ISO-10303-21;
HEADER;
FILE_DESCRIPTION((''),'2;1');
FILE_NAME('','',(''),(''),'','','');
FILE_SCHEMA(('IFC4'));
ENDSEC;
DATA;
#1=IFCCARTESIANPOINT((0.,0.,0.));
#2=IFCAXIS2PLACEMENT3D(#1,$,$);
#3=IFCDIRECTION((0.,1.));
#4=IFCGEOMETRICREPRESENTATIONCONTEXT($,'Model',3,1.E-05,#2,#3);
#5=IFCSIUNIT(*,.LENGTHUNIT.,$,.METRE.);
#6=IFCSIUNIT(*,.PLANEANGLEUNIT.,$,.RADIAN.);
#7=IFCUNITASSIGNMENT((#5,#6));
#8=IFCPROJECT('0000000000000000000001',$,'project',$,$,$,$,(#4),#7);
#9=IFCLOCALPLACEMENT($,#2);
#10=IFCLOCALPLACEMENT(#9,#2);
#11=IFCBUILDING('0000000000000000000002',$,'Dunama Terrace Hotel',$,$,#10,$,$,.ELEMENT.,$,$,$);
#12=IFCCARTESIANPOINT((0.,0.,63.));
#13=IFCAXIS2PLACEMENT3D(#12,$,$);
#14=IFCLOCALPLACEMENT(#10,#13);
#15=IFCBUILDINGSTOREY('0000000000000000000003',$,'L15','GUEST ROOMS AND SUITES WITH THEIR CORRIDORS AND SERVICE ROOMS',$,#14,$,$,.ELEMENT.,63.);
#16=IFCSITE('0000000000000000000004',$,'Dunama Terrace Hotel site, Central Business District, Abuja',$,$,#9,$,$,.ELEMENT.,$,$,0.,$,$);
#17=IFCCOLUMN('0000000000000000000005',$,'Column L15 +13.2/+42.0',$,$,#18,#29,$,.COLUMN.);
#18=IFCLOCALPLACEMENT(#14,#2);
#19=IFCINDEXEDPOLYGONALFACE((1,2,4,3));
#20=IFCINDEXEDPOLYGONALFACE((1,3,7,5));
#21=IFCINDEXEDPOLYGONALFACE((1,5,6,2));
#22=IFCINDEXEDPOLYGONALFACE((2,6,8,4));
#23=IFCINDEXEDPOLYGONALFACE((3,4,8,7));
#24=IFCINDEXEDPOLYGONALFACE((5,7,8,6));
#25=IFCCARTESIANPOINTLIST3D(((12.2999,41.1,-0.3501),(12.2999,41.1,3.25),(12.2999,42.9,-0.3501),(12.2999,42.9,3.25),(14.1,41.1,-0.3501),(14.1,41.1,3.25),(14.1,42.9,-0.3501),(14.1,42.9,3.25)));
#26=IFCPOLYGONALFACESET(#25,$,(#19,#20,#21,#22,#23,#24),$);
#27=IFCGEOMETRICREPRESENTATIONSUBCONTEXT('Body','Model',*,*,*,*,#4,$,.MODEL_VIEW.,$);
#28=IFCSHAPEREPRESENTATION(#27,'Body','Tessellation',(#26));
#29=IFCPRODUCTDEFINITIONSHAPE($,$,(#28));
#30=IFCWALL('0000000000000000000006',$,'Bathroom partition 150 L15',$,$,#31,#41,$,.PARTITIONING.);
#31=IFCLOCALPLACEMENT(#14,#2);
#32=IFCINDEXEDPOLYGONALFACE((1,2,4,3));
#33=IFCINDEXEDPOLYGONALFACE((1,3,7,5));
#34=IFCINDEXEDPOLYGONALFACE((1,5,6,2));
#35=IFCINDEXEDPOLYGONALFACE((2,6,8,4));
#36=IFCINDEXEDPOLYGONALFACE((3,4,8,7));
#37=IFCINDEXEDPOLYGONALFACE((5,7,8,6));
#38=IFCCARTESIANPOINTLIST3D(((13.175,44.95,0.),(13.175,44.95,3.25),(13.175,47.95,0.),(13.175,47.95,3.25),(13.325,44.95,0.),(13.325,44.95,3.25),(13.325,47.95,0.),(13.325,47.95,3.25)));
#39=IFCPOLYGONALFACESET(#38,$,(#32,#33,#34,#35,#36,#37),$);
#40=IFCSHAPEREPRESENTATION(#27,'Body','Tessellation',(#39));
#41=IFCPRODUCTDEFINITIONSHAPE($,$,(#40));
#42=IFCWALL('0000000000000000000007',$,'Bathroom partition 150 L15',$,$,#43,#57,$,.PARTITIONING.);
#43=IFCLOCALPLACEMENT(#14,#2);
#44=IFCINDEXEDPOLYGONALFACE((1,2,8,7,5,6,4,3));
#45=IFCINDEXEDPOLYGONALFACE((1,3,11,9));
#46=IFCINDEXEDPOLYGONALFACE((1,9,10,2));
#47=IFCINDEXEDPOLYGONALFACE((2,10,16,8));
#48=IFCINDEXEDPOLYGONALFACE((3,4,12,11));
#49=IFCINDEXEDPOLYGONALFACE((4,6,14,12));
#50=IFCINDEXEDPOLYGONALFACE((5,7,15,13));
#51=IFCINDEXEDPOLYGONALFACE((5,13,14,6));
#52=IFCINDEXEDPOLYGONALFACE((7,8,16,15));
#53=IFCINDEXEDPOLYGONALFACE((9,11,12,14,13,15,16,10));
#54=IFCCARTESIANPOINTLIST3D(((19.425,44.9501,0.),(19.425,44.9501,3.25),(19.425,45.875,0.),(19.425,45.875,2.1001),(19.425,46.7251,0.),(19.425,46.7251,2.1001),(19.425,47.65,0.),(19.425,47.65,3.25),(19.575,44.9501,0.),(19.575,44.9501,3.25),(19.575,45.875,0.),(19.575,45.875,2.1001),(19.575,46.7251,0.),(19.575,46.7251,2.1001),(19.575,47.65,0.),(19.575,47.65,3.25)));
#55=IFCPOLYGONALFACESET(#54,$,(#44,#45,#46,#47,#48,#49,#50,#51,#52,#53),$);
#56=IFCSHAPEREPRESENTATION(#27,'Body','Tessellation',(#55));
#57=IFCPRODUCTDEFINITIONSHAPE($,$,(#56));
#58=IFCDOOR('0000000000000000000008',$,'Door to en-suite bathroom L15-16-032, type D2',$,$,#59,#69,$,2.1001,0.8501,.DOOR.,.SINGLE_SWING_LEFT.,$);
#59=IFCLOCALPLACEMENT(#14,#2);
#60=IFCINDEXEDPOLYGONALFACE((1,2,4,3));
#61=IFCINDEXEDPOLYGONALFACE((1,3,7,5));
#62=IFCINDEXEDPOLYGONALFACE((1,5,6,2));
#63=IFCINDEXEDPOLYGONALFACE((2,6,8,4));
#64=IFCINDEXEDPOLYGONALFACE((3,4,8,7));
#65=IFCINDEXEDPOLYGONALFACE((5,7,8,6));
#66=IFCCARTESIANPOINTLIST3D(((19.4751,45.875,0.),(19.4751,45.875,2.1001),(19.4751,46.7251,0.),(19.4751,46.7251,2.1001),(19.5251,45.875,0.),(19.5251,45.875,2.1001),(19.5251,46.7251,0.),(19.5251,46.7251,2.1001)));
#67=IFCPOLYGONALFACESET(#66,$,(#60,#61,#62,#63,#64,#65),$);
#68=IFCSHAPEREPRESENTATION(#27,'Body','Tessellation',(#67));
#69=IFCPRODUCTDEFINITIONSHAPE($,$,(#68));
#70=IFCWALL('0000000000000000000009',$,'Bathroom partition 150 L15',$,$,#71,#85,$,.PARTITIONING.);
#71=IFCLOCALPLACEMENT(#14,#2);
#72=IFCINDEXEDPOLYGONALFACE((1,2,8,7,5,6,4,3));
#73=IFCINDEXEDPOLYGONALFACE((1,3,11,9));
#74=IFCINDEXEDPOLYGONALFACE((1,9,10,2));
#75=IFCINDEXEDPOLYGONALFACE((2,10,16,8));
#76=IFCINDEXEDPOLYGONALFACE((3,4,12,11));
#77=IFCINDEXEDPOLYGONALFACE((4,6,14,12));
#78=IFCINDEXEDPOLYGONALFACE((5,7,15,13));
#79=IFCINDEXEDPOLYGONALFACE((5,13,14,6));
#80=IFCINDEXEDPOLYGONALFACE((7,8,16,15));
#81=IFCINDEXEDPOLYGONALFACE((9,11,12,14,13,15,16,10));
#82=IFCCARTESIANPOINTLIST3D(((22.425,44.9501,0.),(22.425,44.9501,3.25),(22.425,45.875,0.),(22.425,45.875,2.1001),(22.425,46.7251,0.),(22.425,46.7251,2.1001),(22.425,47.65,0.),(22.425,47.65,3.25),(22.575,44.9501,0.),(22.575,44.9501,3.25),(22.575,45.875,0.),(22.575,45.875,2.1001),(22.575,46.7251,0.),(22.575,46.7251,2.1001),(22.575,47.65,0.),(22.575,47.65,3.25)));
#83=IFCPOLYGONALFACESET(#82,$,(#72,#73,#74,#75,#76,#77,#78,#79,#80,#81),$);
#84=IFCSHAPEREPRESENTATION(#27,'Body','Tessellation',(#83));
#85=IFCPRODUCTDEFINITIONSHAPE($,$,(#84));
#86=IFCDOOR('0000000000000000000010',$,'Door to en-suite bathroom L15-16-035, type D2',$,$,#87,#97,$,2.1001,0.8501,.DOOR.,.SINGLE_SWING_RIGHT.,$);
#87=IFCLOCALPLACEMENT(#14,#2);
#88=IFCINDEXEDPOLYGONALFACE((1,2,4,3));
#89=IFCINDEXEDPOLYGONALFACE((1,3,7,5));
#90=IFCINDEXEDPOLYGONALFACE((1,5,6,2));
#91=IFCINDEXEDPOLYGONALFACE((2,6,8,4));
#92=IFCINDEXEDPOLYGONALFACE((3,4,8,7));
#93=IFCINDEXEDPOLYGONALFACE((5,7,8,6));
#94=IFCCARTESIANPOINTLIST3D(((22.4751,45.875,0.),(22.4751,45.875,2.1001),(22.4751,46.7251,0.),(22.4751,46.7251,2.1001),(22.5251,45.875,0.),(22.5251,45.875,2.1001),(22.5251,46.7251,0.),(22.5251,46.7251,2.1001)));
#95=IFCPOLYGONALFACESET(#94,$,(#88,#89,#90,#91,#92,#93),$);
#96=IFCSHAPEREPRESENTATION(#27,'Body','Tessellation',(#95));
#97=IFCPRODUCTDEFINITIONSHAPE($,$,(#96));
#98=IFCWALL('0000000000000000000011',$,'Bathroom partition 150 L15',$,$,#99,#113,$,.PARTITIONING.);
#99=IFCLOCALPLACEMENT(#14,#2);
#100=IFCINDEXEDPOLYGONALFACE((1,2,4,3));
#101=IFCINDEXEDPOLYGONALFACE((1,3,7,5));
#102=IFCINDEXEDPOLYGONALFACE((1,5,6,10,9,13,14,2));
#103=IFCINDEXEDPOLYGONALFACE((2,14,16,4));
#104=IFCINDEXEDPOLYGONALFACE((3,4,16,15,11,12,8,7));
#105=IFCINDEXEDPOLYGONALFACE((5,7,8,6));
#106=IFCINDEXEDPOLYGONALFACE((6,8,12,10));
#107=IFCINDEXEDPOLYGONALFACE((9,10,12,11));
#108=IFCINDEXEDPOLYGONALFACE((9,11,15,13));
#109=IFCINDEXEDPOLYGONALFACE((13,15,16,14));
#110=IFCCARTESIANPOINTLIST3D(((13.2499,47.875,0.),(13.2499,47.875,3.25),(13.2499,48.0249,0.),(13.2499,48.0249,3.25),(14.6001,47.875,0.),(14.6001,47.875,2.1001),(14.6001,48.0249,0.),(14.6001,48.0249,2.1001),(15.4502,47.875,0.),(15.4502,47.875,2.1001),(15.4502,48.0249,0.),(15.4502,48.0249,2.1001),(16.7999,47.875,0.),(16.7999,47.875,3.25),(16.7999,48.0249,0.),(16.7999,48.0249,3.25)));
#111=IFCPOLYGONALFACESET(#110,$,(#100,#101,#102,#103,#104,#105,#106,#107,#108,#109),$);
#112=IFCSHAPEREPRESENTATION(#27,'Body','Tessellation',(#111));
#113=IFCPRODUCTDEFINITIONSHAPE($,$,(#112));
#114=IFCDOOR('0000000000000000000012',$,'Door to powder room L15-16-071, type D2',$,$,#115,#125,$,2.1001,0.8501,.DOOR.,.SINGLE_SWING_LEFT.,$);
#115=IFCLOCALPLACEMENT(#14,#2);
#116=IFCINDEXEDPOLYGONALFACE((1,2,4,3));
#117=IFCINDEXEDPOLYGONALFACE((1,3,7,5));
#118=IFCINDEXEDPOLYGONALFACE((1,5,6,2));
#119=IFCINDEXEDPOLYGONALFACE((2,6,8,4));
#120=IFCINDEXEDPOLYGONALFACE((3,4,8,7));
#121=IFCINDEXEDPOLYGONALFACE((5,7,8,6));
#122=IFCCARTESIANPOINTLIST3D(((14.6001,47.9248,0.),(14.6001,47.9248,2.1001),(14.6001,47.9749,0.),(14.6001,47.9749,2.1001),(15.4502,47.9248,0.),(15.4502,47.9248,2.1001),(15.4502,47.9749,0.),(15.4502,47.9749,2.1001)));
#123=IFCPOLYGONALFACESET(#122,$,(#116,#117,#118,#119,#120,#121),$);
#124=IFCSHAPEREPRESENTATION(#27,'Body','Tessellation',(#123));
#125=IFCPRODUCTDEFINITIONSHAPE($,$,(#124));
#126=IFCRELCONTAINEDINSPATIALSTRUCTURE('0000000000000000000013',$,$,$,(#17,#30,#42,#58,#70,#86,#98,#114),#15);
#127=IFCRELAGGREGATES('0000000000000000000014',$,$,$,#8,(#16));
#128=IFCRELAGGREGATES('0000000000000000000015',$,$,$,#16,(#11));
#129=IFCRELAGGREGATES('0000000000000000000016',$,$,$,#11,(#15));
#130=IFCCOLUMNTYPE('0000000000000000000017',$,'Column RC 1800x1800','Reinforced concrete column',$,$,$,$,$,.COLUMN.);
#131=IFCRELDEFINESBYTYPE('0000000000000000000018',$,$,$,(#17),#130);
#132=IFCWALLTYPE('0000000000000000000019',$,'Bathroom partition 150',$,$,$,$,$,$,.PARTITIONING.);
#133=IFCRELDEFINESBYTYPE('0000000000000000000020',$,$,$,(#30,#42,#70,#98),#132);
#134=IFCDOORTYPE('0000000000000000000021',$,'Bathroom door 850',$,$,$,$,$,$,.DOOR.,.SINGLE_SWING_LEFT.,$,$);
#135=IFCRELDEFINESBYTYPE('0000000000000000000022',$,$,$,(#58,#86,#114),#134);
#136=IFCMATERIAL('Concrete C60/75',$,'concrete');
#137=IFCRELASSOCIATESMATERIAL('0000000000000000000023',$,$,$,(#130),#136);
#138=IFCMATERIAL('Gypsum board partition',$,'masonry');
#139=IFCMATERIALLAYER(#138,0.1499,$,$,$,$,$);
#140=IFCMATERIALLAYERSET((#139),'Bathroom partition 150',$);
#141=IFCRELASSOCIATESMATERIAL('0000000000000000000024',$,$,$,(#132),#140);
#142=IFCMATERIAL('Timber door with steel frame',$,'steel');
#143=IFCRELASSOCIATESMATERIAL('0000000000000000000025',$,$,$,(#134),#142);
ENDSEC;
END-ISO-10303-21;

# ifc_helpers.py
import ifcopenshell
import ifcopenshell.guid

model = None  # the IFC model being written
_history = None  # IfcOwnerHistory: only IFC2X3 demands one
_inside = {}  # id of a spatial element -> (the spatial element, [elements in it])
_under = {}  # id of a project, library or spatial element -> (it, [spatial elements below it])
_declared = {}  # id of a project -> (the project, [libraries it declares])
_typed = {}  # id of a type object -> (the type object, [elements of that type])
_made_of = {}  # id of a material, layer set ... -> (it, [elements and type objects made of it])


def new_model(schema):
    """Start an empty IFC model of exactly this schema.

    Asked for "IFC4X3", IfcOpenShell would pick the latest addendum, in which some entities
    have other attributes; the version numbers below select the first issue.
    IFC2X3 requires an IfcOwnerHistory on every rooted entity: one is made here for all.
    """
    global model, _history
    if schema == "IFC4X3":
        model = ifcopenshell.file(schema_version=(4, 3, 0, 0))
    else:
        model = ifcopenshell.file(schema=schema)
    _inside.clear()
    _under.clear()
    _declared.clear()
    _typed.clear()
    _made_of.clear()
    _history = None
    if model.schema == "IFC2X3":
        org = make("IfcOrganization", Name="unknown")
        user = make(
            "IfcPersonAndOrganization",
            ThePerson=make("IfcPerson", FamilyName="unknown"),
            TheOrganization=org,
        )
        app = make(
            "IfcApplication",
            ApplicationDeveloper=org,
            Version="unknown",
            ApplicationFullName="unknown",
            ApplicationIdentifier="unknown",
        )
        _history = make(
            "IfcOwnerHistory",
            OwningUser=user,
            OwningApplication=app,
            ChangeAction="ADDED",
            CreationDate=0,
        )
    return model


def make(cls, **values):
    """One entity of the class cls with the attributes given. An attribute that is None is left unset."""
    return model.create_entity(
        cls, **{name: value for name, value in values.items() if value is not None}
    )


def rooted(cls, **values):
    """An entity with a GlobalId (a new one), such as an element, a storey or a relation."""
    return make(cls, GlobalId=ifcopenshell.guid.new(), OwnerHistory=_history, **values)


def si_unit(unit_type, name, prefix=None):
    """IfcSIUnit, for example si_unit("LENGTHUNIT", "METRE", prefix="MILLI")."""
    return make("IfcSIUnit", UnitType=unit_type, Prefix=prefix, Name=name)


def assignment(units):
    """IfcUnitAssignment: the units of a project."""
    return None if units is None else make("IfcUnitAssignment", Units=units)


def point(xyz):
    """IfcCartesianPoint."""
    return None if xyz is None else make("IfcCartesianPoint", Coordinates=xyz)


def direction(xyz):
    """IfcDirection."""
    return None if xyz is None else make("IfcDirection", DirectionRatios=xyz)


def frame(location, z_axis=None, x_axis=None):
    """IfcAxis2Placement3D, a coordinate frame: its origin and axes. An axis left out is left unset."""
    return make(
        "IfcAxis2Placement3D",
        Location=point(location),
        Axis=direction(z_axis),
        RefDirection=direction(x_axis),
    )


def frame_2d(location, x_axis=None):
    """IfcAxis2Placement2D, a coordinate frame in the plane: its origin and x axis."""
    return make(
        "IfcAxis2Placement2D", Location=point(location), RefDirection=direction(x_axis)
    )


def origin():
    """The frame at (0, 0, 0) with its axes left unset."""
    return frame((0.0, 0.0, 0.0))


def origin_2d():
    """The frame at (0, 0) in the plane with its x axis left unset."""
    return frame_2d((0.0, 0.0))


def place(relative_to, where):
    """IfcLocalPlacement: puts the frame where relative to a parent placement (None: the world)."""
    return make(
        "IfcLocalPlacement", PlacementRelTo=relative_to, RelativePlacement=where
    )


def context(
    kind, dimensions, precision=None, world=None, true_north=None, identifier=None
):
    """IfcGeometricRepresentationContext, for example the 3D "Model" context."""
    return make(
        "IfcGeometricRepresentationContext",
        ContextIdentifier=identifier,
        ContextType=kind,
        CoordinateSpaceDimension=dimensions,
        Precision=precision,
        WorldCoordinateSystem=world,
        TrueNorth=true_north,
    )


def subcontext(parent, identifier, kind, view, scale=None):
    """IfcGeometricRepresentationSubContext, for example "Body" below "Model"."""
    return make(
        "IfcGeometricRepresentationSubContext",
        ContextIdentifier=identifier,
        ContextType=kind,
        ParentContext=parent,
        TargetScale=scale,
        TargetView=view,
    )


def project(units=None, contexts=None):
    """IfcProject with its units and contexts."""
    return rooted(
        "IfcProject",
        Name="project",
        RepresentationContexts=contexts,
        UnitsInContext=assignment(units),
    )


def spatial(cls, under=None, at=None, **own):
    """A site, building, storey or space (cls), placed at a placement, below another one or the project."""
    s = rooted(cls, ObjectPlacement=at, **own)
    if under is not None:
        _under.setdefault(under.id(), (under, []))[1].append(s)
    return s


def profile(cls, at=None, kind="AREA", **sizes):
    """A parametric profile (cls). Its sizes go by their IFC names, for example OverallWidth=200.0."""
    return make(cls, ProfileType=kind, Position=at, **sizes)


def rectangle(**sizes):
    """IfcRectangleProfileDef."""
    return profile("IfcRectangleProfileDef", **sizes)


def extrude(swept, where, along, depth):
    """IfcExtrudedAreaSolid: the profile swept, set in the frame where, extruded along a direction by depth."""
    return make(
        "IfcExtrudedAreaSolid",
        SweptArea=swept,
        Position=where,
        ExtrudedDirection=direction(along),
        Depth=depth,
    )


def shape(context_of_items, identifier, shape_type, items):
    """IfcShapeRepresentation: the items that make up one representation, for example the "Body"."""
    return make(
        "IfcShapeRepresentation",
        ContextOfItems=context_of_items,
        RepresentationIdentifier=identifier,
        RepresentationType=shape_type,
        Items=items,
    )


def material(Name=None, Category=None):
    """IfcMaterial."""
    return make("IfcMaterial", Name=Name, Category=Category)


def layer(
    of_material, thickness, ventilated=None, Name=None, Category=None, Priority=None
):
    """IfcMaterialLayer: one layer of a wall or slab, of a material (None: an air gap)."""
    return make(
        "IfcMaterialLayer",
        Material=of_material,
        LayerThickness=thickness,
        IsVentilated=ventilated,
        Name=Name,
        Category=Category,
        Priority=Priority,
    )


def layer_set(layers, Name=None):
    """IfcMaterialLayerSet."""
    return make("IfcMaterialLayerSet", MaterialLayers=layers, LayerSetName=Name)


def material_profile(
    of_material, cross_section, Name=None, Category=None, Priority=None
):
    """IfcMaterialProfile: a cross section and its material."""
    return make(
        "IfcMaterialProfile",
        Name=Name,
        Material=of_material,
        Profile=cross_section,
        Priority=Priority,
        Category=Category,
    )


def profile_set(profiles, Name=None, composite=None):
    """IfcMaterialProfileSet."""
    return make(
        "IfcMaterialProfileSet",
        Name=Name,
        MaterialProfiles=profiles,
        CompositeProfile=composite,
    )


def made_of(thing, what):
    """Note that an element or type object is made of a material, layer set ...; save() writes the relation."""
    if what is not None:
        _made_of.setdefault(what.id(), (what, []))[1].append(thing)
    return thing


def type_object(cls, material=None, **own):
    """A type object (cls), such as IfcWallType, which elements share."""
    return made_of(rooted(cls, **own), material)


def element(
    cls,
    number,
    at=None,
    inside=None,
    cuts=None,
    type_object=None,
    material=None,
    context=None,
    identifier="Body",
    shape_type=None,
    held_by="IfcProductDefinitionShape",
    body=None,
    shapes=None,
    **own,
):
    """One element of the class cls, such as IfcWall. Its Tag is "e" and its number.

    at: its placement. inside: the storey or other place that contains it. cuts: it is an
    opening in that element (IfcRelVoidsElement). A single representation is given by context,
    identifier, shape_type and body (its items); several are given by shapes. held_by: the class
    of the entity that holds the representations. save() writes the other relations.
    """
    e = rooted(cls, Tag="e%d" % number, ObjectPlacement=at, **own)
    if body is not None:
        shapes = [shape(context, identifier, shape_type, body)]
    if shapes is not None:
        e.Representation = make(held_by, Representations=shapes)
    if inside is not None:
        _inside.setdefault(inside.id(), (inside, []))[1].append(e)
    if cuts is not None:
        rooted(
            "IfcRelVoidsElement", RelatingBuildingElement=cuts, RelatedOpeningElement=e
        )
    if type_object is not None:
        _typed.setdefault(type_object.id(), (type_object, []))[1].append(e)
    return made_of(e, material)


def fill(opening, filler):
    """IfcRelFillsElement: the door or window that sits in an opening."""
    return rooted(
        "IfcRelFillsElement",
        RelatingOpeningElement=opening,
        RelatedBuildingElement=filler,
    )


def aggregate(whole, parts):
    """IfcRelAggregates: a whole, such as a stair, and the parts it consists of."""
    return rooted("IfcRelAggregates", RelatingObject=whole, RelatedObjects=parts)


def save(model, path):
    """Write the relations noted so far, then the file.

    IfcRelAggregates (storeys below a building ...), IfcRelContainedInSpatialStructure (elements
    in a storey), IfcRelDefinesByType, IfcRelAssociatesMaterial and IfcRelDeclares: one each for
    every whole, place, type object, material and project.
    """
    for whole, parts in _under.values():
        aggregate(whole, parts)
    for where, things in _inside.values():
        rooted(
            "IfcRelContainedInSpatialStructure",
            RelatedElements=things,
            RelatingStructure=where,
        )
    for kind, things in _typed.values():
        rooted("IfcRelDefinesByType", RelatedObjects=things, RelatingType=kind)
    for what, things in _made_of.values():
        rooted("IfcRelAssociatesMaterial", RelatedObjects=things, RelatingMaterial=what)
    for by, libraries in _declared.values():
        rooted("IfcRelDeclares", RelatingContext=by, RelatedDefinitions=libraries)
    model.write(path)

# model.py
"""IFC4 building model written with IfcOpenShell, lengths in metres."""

from ifc_helpers import new_model, si_unit, direction, frame, frame_2d, origin, origin_2d, place, context, subcontext, project, spatial, rectangle, extrude, material, layer, layer_set, material_profile, profile_set, type_object, element, fill, save


model = new_model("IFC4")

# Units and contexts
model_context = context("Model", 3, precision=1e-05, world=origin(), true_north=direction((0.0, 1.0)))
body_context = subcontext(model_context, "Body", "Model", "MODEL_VIEW")
ifc_project = project(units=[si_unit("LENGTHUNIT", "METRE"), si_unit("PLANEANGLEUNIT", "RADIAN")], contexts=[model_context])

# Site, building, storey
site_placement = place(None, origin())
site = spatial("IfcSite", under=ifc_project, at=site_placement, Name="Dunama Terrace Hotel site, Central Business District, Abuja", CompositionType="ELEMENT", RefElevation=0.0)
building_placement = place(site_placement, origin())
building = spatial("IfcBuilding", under=site, at=building_placement, Name="Dunama Terrace Hotel", CompositionType="ELEMENT")
storey_placement = place(building_placement, frame((0.0, 0.0, 63.0)))
storey = spatial("IfcBuildingStorey", under=building, at=storey_placement, Name="L15", Description="GUEST ROOMS AND SUITES WITH THEIR CORRIDORS AND SERVICE ROOMS", CompositionType="ELEMENT", Elevation=63.0)

# Column
ifc_material_1 = material(Name="Concrete C60/75", Category="concrete")
ifc_material_profile = material_profile(ifc_material_1, rectangle(XDim=1.8, YDim=1.8, at=origin_2d()), Name="RC 1800x1800")
ifc_profile_set = profile_set([ifc_material_profile], Name="Concrete C60/75")
column_type = type_object("IfcColumnType", Name="Column RC 1800x1800", Description="Reinforced concrete column", PredefinedType="COLUMN", material=ifc_profile_set)
column_placement = place(storey_placement, frame((13.2, 42.0, -0.3501), z_axis=(0.0, 0.0, 1.0), x_axis=(1.0, 0.0, 0.0)))
element("IfcColumn", 1, at=column_placement, inside=storey, type_object=column_type, Name="Column L15 +13.2/+42.0", PredefinedType="COLUMN", context=body_context, shape_type="SweptSolid", body=[
    extrude(rectangle(XDim=1.8, YDim=1.8, at=origin_2d()), origin(), (0.0, 0.0, 1.0), 3.6001),
])

# Wall
ifc_material_2 = material(Name="Gypsum board partition", Category="masonry")
ifc_layer_1 = layer(ifc_material_2, 0.1499)
ifc_layer_set_1 = layer_set([ifc_layer_1], Name="Bathroom partition 150")
wall_type_1 = type_object("IfcWallType", Name="Bathroom partition 150", PredefinedType="PARTITIONING", material=ifc_layer_set_1)
wall_1_placement = place(storey_placement, frame((13.25, 44.95, 0.0), z_axis=(0.0, 0.0, 1.0), x_axis=(0.0, 1.0, 0.0)))
element("IfcWall", 2, at=wall_1_placement, inside=storey, type_object=wall_type_1, Name="Bathroom partition 150 L15", PredefinedType="PARTITIONING", context=body_context, shape_type="SweptSolid", body=[
    extrude(rectangle(XDim=3.0, YDim=0.1499, at=frame_2d((1.5, 0.0))), origin(), (0.0, 0.0, 1.0), 3.25),
])

# Walls, openings, doors
wall_2_placement = place(storey_placement, frame((19.5, 44.95, 0.0), z_axis=(0.0, 0.0, 1.0), x_axis=(0.0, 1.0, 0.0)))
wall_2 = element("IfcWall", 3, at=wall_2_placement, inside=storey, type_object=wall_type_1, Name="Bathroom partition 150 L15", PredefinedType="PARTITIONING", context=body_context, shape_type="SweptSolid", body=[
    extrude(rectangle(XDim=2.7, YDim=0.1499, at=frame_2d((1.3501, 0.0))), origin(), (0.0, 0.0, 1.0), 3.25),
])
opening_1_placement = place(wall_2_placement, frame((0.925, 0.0, 0.0)))
opening_1 = element("IfcOpeningElement", 4, at=opening_1_placement, cuts=wall_2, PredefinedType="OPENING", context=body_context, shape_type="SweptSolid", body=[
    extrude(rectangle(XDim=0.8501, YDim=2.1001, at=frame_2d((0.425, 1.05))), frame((0.0, 0.085, 0.0), z_axis=(0.0, -1.0, 0.0), x_axis=(1.0, 0.0, 0.0)), (0.0, 0.0, 1.0), 0.1699),
])
ifc_material_3 = material(Name="Timber door with steel frame", Category="steel")
door_type_1 = type_object("IfcDoorType", Name="Bathroom door 850", OperationType="SINGLE_SWING_LEFT", PredefinedType="DOOR", material=ifc_material_3)
door_1_placement = place(opening_1_placement, origin())
door_1 = element("IfcDoor", 5, at=door_1_placement, inside=storey, type_object=door_type_1, Name="Door to en-suite bathroom L15-16-032, type D2", OperationType="SINGLE_SWING_LEFT", OverallHeight=2.1001, OverallWidth=0.8501, PredefinedType="DOOR", context=body_context, shape_type="SweptSolid", body=[
    extrude(rectangle(XDim=0.8501, YDim=2.1001, at=frame_2d((0.425, 1.05))), frame((0.0, 0.0249, 0.0), z_axis=(0.0, -1.0, 0.0), x_axis=(1.0, 0.0, 0.0)), (0.0, 0.0, 1.0), 0.05),
])
fill(opening_1, door_1)
wall_3_placement = place(storey_placement, frame((22.5, 44.95, 0.0), z_axis=(0.0, 0.0, 1.0), x_axis=(0.0, 1.0, 0.0)))
wall_3 = element("IfcWall", 6, at=wall_3_placement, inside=storey, type_object=wall_type_1, Name="Bathroom partition 150 L15", PredefinedType="PARTITIONING", context=body_context, shape_type="SweptSolid", body=[
    extrude(rectangle(XDim=2.7, YDim=0.1499, at=frame_2d((1.3501, 0.0))), origin(), (0.0, 0.0, 1.0), 3.25),
])
opening_2_placement = place(wall_3_placement, frame((0.925, 0.0, 0.0)))
opening_2 = element("IfcOpeningElement", 7, at=opening_2_placement, cuts=wall_3, PredefinedType="OPENING", context=body_context, shape_type="SweptSolid", body=[
    extrude(rectangle(XDim=0.8501, YDim=2.1001, at=frame_2d((0.425, 1.05))), frame((0.0, 0.085, 0.0), z_axis=(0.0, -1.0, 0.0), x_axis=(1.0, 0.0, 0.0)), (0.0, 0.0, 1.0), 0.1699),
])
door_2_placement = place(opening_2_placement, frame((0.8501, 0.0, 0.0), z_axis=(0.0, 0.0, 1.0), x_axis=(-1.0, 0.0, 0.0)))
door_2 = element("IfcDoor", 8, at=door_2_placement, inside=storey, type_object=door_type_1, Name="Door to en-suite bathroom L15-16-035, type D2", OperationType="SINGLE_SWING_RIGHT", OverallHeight=2.1001, OverallWidth=0.8501, PredefinedType="DOOR", context=body_context, shape_type="SweptSolid", body=[
    extrude(rectangle(XDim=0.8501, YDim=2.1001, at=frame_2d((0.425, 1.05))), frame((0.0, 0.0251, 0.0), z_axis=(0.0, -1.0, 0.0), x_axis=(1.0, 0.0, 0.0)), (0.0, 0.0, 1.0), 0.05),
])
fill(opening_2, door_2)
wall_4_placement = place(storey_placement, frame((13.25, 47.95, 0.0), z_axis=(0.0, 0.0, 1.0), x_axis=(1.0, 0.0, 0.0)))
wall_4 = element("IfcWall", 9, at=wall_4_placement, inside=storey, type_object=wall_type_1, Name="Bathroom partition 150 L15", PredefinedType="PARTITIONING", context=body_context, shape_type="SweptSolid", body=[
    extrude(rectangle(XDim=3.55, YDim=0.1499, at=frame_2d((1.7749, 0.0))), origin(), (0.0, 0.0, 1.0), 3.25),
])
opening_3_placement = place(wall_4_placement, frame((1.3501, 0.0, 0.0)))
opening_3 = element("IfcOpeningElement", 10, at=opening_3_placement, cuts=wall_4, PredefinedType="OPENING", context=body_context, shape_type="SweptSolid", body=[
    extrude(rectangle(XDim=0.8501, YDim=2.1001, at=frame_2d((0.425, 1.05))), frame((0.0, 0.085, 0.0), z_axis=(0.0, -1.0, 0.0), x_axis=(1.0, 0.0, 0.0)), (0.0, 0.0, 1.0), 0.1699),
])
door_3_placement = place(opening_3_placement, frame((0.8501, 0.0, 0.0), z_axis=(0.0, 0.0, 1.0), x_axis=(-1.0, 0.0, 0.0)))
door_3 = element("IfcDoor", 11, at=door_3_placement, inside=storey, type_object=door_type_1, Name="Door to powder room L15-16-071, type D2", OperationType="SINGLE_SWING_LEFT", OverallHeight=2.1001, OverallWidth=0.8501, PredefinedType="DOOR", context=body_context, shape_type="SweptSolid", body=[
    extrude(rectangle(XDim=0.8501, YDim=2.1001, at=frame_2d((0.425, 1.05))), frame((0.0, 0.0251, 0.0), z_axis=(0.0, -1.0, 0.0), x_axis=(1.0, 0.0, 0.0)), (0.0, 0.0, 1.0), 0.05),
])
fill(opening_3, door_3)

save(model, "model.ifc")
